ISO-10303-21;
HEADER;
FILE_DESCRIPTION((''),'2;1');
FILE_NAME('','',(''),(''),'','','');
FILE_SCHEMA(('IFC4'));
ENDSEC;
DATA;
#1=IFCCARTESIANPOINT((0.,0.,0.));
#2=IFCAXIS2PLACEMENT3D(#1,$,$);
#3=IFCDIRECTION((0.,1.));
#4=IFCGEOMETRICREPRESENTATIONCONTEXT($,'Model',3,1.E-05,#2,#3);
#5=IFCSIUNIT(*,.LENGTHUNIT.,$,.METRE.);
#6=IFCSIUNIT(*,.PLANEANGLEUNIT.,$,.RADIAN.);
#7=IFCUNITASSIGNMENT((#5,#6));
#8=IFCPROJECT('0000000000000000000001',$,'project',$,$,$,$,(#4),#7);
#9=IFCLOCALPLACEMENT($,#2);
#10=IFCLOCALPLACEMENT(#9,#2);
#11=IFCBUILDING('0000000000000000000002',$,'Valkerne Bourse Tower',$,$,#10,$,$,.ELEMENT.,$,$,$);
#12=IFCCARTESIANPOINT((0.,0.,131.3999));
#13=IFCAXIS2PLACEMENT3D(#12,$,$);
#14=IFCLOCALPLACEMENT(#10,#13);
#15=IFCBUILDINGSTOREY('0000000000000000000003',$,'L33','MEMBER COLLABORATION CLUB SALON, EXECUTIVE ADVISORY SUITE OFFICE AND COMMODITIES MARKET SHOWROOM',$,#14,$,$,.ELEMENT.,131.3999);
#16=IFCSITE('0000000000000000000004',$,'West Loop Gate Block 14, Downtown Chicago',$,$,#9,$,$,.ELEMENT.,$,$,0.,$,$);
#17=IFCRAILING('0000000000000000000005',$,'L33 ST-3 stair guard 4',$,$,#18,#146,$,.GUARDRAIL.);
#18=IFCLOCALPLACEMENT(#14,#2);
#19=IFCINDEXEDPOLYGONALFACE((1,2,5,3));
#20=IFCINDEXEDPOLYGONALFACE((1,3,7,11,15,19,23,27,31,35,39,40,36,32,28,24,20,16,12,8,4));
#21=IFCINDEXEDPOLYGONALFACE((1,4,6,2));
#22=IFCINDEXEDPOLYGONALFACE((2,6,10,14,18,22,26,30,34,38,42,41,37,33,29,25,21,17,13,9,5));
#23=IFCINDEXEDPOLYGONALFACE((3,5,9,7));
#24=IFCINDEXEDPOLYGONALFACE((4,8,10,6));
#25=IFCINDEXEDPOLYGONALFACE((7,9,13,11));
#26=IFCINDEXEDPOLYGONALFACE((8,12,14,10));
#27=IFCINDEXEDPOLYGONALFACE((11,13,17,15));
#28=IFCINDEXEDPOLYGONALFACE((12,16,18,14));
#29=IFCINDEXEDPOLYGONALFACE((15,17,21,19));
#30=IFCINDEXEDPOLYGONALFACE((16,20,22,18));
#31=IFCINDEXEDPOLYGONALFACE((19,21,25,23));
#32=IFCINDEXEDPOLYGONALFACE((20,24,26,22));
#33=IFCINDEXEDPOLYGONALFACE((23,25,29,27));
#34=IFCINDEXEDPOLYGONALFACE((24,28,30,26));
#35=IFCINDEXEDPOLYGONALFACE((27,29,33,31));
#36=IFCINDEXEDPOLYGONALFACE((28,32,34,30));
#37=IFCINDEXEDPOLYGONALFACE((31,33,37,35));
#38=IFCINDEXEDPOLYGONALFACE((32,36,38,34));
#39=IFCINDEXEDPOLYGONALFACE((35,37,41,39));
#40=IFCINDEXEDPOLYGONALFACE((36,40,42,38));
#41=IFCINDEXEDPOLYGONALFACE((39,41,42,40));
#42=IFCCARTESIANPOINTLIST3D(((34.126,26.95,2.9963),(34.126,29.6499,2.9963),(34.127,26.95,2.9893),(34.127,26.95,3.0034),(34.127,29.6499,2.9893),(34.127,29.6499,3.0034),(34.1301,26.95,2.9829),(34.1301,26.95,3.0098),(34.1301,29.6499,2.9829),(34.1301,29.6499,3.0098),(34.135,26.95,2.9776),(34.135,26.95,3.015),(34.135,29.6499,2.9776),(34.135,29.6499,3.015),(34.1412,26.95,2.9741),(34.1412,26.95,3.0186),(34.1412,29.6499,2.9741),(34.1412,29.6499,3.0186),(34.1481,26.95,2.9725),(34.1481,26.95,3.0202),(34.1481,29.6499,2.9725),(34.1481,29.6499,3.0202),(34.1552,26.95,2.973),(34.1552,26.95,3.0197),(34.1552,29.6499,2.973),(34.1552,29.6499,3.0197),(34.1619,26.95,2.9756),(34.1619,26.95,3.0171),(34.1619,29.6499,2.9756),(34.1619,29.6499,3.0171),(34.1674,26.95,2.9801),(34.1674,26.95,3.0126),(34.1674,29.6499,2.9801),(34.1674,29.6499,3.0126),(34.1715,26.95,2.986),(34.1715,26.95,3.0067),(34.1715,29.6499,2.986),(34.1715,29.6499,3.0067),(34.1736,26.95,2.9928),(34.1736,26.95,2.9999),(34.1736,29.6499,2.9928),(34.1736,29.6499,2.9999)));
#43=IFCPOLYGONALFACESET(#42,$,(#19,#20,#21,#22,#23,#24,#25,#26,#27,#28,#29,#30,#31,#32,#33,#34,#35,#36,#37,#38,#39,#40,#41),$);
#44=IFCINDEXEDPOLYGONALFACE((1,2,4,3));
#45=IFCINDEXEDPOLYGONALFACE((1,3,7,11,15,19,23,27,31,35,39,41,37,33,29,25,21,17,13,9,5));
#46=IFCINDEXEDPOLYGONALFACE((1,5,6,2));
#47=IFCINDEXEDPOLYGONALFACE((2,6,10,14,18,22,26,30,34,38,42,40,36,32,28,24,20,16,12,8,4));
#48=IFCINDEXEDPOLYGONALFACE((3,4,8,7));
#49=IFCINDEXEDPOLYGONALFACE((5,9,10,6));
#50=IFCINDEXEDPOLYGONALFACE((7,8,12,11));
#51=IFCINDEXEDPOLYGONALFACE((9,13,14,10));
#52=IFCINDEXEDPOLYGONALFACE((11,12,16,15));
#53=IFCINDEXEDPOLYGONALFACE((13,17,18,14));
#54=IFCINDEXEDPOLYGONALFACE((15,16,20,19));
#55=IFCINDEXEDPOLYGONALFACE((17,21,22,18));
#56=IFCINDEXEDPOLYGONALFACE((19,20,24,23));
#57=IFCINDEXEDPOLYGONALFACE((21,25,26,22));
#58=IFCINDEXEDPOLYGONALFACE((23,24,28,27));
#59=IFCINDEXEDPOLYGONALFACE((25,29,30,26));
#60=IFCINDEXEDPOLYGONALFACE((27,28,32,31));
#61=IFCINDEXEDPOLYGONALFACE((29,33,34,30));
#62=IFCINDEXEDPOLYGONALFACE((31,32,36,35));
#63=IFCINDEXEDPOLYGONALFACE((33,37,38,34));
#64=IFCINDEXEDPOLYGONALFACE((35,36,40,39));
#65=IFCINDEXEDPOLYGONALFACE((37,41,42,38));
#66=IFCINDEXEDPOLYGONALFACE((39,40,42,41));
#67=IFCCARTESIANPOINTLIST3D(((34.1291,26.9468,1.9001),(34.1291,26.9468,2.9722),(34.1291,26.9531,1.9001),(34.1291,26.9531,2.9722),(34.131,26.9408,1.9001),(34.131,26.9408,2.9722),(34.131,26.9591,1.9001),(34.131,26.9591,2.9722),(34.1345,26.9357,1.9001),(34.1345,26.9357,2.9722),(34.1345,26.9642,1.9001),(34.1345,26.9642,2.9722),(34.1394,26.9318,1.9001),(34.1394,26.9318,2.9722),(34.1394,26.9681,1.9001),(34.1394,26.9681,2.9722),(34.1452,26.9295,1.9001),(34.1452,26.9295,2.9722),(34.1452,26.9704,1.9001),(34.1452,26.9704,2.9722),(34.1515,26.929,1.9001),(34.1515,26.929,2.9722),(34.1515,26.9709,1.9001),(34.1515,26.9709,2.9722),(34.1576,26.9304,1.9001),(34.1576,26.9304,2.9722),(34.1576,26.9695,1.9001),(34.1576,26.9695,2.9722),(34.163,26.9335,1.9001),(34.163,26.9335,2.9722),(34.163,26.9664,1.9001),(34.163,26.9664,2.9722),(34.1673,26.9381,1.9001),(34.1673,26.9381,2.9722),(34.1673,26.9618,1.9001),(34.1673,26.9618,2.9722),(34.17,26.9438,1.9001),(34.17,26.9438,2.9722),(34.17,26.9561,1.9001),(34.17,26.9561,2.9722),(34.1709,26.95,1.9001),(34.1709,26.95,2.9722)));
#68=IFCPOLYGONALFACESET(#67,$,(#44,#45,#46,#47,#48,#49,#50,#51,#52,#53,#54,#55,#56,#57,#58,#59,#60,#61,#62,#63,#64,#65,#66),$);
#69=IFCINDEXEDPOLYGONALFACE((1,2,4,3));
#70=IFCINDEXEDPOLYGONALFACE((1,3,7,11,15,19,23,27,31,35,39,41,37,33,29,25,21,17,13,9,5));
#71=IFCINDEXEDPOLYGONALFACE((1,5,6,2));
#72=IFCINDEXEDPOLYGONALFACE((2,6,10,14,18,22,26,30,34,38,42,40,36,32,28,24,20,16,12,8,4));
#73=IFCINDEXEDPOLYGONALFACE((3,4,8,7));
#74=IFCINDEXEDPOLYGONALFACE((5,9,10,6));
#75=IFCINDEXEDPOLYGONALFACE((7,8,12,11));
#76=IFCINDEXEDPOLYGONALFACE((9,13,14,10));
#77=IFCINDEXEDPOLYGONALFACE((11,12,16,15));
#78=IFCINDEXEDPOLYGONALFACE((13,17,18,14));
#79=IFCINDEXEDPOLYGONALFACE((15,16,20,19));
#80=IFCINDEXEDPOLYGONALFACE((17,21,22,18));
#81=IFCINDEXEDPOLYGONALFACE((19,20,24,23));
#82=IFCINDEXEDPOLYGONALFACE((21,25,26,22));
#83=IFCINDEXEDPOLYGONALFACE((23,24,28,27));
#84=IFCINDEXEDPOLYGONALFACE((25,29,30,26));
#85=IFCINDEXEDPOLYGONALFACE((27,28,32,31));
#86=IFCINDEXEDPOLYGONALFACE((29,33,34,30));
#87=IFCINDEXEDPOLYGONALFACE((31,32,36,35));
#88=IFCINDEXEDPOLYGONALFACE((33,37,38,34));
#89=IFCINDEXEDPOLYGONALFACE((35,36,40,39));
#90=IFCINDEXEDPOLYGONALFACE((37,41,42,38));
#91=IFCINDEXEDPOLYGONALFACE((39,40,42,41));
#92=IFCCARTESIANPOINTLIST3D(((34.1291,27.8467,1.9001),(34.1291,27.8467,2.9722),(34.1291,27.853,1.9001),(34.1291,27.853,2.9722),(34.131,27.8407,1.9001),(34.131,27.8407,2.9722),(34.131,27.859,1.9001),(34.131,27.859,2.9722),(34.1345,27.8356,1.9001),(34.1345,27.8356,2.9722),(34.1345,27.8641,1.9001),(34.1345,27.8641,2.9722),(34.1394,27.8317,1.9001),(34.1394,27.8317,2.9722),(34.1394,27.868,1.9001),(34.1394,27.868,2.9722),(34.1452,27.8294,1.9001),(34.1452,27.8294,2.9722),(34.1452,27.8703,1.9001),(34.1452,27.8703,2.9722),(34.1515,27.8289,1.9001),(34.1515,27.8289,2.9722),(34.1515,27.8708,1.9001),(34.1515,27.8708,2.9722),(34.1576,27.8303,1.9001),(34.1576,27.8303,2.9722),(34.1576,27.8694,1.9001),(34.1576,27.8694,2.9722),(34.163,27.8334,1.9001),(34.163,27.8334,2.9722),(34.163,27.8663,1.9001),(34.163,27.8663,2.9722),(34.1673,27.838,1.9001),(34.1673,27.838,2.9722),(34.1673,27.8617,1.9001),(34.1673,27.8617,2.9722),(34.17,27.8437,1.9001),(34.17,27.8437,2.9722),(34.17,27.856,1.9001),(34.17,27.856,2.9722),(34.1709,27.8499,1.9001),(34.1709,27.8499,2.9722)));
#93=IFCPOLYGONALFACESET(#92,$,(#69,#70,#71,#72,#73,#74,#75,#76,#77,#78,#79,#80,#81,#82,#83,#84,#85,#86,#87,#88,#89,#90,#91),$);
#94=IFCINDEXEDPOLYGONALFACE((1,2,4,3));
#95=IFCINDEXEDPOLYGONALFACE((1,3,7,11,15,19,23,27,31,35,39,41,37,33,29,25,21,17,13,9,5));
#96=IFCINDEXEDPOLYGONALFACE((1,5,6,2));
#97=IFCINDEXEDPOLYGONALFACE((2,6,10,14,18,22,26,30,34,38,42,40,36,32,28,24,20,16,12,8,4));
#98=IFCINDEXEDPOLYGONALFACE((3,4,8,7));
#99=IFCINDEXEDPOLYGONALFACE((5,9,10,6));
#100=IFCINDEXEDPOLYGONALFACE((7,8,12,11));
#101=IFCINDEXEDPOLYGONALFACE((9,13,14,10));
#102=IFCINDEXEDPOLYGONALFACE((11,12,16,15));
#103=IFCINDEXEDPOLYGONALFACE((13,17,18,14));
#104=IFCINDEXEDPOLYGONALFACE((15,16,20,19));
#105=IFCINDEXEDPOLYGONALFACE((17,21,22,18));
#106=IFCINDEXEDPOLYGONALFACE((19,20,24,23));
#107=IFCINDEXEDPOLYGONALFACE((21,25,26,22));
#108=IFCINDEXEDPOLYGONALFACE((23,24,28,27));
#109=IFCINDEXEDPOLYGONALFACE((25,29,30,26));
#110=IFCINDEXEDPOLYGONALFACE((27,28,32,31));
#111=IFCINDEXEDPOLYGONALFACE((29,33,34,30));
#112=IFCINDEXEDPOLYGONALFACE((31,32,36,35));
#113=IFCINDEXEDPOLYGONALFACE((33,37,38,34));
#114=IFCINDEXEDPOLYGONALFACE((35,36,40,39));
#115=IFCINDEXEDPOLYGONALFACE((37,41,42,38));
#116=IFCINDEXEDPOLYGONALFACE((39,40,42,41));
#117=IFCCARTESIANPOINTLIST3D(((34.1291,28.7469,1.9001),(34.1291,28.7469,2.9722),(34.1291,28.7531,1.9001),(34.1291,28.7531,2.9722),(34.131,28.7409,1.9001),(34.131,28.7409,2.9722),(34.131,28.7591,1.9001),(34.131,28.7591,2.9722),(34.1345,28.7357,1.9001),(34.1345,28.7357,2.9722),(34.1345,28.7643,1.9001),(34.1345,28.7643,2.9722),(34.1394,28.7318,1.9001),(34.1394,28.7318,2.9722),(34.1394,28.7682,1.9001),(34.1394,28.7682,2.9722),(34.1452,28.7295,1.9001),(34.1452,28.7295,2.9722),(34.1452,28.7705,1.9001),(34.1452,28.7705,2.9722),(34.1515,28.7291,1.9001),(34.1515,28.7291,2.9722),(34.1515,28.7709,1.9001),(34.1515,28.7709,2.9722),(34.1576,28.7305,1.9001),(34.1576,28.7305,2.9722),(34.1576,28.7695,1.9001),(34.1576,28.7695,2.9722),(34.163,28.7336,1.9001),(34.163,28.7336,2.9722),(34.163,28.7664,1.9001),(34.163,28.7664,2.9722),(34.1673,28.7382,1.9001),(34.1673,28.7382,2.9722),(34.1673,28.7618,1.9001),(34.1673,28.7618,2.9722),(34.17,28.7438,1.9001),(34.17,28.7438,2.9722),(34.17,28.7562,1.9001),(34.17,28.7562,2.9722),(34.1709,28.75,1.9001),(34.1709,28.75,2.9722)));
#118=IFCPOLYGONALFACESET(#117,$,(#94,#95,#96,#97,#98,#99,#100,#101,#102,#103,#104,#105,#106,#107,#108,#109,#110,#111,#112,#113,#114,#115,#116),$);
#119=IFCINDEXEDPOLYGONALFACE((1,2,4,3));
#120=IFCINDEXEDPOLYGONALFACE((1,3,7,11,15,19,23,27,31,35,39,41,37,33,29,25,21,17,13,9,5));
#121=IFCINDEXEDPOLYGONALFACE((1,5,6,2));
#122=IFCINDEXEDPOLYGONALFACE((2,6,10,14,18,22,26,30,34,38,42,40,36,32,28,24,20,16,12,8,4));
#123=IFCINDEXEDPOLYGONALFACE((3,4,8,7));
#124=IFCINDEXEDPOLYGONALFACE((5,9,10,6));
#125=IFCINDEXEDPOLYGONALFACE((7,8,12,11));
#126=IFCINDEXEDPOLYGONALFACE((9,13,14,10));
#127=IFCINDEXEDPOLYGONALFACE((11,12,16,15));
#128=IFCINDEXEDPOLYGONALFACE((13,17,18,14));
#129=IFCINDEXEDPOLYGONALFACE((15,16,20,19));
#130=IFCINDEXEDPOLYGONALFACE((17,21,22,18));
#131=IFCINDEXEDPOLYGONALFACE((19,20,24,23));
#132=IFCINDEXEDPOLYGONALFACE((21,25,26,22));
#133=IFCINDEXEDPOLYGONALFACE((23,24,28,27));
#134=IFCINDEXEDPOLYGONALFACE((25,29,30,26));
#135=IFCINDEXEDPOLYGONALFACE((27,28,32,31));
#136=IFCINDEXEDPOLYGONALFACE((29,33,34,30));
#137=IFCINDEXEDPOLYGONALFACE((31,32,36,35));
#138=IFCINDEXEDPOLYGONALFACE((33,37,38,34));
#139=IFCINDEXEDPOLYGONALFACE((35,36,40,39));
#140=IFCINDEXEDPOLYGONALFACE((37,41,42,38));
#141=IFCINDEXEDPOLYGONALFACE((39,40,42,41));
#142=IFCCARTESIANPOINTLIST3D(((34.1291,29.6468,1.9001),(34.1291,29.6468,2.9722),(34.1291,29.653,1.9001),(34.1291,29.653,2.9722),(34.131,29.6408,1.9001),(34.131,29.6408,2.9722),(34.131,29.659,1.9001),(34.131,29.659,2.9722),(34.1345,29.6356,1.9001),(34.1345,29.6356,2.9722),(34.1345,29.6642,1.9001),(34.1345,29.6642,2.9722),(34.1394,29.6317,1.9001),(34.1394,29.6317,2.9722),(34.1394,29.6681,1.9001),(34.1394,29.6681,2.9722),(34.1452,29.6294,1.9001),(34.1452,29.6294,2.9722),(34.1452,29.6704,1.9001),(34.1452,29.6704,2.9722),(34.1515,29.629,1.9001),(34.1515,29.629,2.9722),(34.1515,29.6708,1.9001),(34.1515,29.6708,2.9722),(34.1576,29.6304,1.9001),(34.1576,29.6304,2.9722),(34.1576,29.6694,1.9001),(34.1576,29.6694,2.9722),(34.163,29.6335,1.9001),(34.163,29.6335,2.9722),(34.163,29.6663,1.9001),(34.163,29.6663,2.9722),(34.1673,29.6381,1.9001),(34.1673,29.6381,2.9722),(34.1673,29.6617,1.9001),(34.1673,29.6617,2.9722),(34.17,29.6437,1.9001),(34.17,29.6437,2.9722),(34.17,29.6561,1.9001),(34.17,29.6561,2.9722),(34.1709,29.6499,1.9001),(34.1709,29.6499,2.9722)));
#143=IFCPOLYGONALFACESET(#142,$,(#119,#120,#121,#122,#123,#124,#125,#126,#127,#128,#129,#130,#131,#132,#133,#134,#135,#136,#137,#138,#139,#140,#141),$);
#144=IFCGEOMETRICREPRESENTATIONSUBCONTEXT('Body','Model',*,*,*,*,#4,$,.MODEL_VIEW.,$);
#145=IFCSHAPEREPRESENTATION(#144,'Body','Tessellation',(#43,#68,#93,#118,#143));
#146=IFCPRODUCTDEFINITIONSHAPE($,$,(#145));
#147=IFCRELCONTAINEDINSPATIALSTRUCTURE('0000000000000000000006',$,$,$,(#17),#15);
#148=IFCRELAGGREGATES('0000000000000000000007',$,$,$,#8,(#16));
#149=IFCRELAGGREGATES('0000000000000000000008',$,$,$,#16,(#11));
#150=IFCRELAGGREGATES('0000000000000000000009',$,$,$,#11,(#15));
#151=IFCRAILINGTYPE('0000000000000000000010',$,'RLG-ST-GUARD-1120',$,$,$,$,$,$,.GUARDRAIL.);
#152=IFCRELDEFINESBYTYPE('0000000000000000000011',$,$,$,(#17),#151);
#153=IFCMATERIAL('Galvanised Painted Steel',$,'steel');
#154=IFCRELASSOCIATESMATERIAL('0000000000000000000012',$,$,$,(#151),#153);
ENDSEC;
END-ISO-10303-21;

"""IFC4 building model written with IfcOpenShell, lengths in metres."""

from ifc_helpers import new_model, si_unit, direction, frame, origin, origin_2d, place, context, subcontext, project, spatial, circle, extrude, material, type_object, element, save


model = new_model("IFC4")

# Units and contexts
model_context = context("Model", 3, precision=1e-05, world=origin(), true_north=direction((0.0, 1.0)))
body_context = subcontext(model_context, "Body", "Model", "MODEL_VIEW")
ifc_project = project(units=[si_unit("LENGTHUNIT", "METRE"), si_unit("PLANEANGLEUNIT", "RADIAN")], contexts=[model_context])

# Site, building, storey
site_placement = place(None, origin())
site = spatial("IfcSite", under=ifc_project, at=site_placement, Name="West Loop Gate Block 14, Downtown Chicago", CompositionType="ELEMENT", RefElevation=0.0)
building_placement = place(site_placement, origin())
building = spatial("IfcBuilding", under=site, at=building_placement, Name="Valkerne Bourse Tower", CompositionType="ELEMENT")
storey_placement = place(building_placement, frame((0.0, 0.0, 131.3999)))
storey = spatial("IfcBuildingStorey", under=building, at=storey_placement, Name="L33", Description="MEMBER COLLABORATION CLUB SALON, EXECUTIVE ADVISORY SUITE OFFICE AND COMMODITIES MARKET SHOWROOM", CompositionType="ELEMENT", Elevation=131.3999)

# Shared definitions
ifc_material_1 = material(Name="Galvanised Painted Steel", Category="steel")

# Railing
railing_type_1 = type_object("IfcRailingType", Name="RLG-ST-GUARD-1120", PredefinedType="GUARDRAIL", material=ifc_material_1)
for number, where, name in (
    (1, (34.1499, 26.95, 1.9001), "L33 ST-3 stair guard 4"),
):
    element("IfcRailing", number, at=place(storey_placement, frame(where)), inside=storey, type_object=railing_type_1, Name=name, PredefinedType="GUARDRAIL", context=body_context, shape_type="SweptSolid", body=[
        extrude(circle(Radius=0.0239, at=origin_2d()), frame((0.0, 0.0, 1.0962), z_axis=(0.0, 1.0, 0.0), x_axis=(-1.0, 0.0, 0.0)), (0.0, 0.0, 1.0), 2.7),
        extrude(circle(Radius=0.021, at=origin_2d()), origin(), (0.0, 0.0, 1.0), 1.072),
        extrude(circle(Radius=0.021, at=origin_2d()), frame((0.0, 0.8999, 0.0)), (0.0, 0.0, 1.0), 1.072),
        extrude(circle(Radius=0.021, at=origin_2d()), frame((0.0, 1.8, 0.0)), (0.0, 0.0, 1.0), 1.072),
        extrude(circle(Radius=0.021, at=origin_2d()), frame((0.0, 2.7, 0.0)), (0.0, 0.0, 1.0), 1.072),
    ])

save(model, "model.ifc")
